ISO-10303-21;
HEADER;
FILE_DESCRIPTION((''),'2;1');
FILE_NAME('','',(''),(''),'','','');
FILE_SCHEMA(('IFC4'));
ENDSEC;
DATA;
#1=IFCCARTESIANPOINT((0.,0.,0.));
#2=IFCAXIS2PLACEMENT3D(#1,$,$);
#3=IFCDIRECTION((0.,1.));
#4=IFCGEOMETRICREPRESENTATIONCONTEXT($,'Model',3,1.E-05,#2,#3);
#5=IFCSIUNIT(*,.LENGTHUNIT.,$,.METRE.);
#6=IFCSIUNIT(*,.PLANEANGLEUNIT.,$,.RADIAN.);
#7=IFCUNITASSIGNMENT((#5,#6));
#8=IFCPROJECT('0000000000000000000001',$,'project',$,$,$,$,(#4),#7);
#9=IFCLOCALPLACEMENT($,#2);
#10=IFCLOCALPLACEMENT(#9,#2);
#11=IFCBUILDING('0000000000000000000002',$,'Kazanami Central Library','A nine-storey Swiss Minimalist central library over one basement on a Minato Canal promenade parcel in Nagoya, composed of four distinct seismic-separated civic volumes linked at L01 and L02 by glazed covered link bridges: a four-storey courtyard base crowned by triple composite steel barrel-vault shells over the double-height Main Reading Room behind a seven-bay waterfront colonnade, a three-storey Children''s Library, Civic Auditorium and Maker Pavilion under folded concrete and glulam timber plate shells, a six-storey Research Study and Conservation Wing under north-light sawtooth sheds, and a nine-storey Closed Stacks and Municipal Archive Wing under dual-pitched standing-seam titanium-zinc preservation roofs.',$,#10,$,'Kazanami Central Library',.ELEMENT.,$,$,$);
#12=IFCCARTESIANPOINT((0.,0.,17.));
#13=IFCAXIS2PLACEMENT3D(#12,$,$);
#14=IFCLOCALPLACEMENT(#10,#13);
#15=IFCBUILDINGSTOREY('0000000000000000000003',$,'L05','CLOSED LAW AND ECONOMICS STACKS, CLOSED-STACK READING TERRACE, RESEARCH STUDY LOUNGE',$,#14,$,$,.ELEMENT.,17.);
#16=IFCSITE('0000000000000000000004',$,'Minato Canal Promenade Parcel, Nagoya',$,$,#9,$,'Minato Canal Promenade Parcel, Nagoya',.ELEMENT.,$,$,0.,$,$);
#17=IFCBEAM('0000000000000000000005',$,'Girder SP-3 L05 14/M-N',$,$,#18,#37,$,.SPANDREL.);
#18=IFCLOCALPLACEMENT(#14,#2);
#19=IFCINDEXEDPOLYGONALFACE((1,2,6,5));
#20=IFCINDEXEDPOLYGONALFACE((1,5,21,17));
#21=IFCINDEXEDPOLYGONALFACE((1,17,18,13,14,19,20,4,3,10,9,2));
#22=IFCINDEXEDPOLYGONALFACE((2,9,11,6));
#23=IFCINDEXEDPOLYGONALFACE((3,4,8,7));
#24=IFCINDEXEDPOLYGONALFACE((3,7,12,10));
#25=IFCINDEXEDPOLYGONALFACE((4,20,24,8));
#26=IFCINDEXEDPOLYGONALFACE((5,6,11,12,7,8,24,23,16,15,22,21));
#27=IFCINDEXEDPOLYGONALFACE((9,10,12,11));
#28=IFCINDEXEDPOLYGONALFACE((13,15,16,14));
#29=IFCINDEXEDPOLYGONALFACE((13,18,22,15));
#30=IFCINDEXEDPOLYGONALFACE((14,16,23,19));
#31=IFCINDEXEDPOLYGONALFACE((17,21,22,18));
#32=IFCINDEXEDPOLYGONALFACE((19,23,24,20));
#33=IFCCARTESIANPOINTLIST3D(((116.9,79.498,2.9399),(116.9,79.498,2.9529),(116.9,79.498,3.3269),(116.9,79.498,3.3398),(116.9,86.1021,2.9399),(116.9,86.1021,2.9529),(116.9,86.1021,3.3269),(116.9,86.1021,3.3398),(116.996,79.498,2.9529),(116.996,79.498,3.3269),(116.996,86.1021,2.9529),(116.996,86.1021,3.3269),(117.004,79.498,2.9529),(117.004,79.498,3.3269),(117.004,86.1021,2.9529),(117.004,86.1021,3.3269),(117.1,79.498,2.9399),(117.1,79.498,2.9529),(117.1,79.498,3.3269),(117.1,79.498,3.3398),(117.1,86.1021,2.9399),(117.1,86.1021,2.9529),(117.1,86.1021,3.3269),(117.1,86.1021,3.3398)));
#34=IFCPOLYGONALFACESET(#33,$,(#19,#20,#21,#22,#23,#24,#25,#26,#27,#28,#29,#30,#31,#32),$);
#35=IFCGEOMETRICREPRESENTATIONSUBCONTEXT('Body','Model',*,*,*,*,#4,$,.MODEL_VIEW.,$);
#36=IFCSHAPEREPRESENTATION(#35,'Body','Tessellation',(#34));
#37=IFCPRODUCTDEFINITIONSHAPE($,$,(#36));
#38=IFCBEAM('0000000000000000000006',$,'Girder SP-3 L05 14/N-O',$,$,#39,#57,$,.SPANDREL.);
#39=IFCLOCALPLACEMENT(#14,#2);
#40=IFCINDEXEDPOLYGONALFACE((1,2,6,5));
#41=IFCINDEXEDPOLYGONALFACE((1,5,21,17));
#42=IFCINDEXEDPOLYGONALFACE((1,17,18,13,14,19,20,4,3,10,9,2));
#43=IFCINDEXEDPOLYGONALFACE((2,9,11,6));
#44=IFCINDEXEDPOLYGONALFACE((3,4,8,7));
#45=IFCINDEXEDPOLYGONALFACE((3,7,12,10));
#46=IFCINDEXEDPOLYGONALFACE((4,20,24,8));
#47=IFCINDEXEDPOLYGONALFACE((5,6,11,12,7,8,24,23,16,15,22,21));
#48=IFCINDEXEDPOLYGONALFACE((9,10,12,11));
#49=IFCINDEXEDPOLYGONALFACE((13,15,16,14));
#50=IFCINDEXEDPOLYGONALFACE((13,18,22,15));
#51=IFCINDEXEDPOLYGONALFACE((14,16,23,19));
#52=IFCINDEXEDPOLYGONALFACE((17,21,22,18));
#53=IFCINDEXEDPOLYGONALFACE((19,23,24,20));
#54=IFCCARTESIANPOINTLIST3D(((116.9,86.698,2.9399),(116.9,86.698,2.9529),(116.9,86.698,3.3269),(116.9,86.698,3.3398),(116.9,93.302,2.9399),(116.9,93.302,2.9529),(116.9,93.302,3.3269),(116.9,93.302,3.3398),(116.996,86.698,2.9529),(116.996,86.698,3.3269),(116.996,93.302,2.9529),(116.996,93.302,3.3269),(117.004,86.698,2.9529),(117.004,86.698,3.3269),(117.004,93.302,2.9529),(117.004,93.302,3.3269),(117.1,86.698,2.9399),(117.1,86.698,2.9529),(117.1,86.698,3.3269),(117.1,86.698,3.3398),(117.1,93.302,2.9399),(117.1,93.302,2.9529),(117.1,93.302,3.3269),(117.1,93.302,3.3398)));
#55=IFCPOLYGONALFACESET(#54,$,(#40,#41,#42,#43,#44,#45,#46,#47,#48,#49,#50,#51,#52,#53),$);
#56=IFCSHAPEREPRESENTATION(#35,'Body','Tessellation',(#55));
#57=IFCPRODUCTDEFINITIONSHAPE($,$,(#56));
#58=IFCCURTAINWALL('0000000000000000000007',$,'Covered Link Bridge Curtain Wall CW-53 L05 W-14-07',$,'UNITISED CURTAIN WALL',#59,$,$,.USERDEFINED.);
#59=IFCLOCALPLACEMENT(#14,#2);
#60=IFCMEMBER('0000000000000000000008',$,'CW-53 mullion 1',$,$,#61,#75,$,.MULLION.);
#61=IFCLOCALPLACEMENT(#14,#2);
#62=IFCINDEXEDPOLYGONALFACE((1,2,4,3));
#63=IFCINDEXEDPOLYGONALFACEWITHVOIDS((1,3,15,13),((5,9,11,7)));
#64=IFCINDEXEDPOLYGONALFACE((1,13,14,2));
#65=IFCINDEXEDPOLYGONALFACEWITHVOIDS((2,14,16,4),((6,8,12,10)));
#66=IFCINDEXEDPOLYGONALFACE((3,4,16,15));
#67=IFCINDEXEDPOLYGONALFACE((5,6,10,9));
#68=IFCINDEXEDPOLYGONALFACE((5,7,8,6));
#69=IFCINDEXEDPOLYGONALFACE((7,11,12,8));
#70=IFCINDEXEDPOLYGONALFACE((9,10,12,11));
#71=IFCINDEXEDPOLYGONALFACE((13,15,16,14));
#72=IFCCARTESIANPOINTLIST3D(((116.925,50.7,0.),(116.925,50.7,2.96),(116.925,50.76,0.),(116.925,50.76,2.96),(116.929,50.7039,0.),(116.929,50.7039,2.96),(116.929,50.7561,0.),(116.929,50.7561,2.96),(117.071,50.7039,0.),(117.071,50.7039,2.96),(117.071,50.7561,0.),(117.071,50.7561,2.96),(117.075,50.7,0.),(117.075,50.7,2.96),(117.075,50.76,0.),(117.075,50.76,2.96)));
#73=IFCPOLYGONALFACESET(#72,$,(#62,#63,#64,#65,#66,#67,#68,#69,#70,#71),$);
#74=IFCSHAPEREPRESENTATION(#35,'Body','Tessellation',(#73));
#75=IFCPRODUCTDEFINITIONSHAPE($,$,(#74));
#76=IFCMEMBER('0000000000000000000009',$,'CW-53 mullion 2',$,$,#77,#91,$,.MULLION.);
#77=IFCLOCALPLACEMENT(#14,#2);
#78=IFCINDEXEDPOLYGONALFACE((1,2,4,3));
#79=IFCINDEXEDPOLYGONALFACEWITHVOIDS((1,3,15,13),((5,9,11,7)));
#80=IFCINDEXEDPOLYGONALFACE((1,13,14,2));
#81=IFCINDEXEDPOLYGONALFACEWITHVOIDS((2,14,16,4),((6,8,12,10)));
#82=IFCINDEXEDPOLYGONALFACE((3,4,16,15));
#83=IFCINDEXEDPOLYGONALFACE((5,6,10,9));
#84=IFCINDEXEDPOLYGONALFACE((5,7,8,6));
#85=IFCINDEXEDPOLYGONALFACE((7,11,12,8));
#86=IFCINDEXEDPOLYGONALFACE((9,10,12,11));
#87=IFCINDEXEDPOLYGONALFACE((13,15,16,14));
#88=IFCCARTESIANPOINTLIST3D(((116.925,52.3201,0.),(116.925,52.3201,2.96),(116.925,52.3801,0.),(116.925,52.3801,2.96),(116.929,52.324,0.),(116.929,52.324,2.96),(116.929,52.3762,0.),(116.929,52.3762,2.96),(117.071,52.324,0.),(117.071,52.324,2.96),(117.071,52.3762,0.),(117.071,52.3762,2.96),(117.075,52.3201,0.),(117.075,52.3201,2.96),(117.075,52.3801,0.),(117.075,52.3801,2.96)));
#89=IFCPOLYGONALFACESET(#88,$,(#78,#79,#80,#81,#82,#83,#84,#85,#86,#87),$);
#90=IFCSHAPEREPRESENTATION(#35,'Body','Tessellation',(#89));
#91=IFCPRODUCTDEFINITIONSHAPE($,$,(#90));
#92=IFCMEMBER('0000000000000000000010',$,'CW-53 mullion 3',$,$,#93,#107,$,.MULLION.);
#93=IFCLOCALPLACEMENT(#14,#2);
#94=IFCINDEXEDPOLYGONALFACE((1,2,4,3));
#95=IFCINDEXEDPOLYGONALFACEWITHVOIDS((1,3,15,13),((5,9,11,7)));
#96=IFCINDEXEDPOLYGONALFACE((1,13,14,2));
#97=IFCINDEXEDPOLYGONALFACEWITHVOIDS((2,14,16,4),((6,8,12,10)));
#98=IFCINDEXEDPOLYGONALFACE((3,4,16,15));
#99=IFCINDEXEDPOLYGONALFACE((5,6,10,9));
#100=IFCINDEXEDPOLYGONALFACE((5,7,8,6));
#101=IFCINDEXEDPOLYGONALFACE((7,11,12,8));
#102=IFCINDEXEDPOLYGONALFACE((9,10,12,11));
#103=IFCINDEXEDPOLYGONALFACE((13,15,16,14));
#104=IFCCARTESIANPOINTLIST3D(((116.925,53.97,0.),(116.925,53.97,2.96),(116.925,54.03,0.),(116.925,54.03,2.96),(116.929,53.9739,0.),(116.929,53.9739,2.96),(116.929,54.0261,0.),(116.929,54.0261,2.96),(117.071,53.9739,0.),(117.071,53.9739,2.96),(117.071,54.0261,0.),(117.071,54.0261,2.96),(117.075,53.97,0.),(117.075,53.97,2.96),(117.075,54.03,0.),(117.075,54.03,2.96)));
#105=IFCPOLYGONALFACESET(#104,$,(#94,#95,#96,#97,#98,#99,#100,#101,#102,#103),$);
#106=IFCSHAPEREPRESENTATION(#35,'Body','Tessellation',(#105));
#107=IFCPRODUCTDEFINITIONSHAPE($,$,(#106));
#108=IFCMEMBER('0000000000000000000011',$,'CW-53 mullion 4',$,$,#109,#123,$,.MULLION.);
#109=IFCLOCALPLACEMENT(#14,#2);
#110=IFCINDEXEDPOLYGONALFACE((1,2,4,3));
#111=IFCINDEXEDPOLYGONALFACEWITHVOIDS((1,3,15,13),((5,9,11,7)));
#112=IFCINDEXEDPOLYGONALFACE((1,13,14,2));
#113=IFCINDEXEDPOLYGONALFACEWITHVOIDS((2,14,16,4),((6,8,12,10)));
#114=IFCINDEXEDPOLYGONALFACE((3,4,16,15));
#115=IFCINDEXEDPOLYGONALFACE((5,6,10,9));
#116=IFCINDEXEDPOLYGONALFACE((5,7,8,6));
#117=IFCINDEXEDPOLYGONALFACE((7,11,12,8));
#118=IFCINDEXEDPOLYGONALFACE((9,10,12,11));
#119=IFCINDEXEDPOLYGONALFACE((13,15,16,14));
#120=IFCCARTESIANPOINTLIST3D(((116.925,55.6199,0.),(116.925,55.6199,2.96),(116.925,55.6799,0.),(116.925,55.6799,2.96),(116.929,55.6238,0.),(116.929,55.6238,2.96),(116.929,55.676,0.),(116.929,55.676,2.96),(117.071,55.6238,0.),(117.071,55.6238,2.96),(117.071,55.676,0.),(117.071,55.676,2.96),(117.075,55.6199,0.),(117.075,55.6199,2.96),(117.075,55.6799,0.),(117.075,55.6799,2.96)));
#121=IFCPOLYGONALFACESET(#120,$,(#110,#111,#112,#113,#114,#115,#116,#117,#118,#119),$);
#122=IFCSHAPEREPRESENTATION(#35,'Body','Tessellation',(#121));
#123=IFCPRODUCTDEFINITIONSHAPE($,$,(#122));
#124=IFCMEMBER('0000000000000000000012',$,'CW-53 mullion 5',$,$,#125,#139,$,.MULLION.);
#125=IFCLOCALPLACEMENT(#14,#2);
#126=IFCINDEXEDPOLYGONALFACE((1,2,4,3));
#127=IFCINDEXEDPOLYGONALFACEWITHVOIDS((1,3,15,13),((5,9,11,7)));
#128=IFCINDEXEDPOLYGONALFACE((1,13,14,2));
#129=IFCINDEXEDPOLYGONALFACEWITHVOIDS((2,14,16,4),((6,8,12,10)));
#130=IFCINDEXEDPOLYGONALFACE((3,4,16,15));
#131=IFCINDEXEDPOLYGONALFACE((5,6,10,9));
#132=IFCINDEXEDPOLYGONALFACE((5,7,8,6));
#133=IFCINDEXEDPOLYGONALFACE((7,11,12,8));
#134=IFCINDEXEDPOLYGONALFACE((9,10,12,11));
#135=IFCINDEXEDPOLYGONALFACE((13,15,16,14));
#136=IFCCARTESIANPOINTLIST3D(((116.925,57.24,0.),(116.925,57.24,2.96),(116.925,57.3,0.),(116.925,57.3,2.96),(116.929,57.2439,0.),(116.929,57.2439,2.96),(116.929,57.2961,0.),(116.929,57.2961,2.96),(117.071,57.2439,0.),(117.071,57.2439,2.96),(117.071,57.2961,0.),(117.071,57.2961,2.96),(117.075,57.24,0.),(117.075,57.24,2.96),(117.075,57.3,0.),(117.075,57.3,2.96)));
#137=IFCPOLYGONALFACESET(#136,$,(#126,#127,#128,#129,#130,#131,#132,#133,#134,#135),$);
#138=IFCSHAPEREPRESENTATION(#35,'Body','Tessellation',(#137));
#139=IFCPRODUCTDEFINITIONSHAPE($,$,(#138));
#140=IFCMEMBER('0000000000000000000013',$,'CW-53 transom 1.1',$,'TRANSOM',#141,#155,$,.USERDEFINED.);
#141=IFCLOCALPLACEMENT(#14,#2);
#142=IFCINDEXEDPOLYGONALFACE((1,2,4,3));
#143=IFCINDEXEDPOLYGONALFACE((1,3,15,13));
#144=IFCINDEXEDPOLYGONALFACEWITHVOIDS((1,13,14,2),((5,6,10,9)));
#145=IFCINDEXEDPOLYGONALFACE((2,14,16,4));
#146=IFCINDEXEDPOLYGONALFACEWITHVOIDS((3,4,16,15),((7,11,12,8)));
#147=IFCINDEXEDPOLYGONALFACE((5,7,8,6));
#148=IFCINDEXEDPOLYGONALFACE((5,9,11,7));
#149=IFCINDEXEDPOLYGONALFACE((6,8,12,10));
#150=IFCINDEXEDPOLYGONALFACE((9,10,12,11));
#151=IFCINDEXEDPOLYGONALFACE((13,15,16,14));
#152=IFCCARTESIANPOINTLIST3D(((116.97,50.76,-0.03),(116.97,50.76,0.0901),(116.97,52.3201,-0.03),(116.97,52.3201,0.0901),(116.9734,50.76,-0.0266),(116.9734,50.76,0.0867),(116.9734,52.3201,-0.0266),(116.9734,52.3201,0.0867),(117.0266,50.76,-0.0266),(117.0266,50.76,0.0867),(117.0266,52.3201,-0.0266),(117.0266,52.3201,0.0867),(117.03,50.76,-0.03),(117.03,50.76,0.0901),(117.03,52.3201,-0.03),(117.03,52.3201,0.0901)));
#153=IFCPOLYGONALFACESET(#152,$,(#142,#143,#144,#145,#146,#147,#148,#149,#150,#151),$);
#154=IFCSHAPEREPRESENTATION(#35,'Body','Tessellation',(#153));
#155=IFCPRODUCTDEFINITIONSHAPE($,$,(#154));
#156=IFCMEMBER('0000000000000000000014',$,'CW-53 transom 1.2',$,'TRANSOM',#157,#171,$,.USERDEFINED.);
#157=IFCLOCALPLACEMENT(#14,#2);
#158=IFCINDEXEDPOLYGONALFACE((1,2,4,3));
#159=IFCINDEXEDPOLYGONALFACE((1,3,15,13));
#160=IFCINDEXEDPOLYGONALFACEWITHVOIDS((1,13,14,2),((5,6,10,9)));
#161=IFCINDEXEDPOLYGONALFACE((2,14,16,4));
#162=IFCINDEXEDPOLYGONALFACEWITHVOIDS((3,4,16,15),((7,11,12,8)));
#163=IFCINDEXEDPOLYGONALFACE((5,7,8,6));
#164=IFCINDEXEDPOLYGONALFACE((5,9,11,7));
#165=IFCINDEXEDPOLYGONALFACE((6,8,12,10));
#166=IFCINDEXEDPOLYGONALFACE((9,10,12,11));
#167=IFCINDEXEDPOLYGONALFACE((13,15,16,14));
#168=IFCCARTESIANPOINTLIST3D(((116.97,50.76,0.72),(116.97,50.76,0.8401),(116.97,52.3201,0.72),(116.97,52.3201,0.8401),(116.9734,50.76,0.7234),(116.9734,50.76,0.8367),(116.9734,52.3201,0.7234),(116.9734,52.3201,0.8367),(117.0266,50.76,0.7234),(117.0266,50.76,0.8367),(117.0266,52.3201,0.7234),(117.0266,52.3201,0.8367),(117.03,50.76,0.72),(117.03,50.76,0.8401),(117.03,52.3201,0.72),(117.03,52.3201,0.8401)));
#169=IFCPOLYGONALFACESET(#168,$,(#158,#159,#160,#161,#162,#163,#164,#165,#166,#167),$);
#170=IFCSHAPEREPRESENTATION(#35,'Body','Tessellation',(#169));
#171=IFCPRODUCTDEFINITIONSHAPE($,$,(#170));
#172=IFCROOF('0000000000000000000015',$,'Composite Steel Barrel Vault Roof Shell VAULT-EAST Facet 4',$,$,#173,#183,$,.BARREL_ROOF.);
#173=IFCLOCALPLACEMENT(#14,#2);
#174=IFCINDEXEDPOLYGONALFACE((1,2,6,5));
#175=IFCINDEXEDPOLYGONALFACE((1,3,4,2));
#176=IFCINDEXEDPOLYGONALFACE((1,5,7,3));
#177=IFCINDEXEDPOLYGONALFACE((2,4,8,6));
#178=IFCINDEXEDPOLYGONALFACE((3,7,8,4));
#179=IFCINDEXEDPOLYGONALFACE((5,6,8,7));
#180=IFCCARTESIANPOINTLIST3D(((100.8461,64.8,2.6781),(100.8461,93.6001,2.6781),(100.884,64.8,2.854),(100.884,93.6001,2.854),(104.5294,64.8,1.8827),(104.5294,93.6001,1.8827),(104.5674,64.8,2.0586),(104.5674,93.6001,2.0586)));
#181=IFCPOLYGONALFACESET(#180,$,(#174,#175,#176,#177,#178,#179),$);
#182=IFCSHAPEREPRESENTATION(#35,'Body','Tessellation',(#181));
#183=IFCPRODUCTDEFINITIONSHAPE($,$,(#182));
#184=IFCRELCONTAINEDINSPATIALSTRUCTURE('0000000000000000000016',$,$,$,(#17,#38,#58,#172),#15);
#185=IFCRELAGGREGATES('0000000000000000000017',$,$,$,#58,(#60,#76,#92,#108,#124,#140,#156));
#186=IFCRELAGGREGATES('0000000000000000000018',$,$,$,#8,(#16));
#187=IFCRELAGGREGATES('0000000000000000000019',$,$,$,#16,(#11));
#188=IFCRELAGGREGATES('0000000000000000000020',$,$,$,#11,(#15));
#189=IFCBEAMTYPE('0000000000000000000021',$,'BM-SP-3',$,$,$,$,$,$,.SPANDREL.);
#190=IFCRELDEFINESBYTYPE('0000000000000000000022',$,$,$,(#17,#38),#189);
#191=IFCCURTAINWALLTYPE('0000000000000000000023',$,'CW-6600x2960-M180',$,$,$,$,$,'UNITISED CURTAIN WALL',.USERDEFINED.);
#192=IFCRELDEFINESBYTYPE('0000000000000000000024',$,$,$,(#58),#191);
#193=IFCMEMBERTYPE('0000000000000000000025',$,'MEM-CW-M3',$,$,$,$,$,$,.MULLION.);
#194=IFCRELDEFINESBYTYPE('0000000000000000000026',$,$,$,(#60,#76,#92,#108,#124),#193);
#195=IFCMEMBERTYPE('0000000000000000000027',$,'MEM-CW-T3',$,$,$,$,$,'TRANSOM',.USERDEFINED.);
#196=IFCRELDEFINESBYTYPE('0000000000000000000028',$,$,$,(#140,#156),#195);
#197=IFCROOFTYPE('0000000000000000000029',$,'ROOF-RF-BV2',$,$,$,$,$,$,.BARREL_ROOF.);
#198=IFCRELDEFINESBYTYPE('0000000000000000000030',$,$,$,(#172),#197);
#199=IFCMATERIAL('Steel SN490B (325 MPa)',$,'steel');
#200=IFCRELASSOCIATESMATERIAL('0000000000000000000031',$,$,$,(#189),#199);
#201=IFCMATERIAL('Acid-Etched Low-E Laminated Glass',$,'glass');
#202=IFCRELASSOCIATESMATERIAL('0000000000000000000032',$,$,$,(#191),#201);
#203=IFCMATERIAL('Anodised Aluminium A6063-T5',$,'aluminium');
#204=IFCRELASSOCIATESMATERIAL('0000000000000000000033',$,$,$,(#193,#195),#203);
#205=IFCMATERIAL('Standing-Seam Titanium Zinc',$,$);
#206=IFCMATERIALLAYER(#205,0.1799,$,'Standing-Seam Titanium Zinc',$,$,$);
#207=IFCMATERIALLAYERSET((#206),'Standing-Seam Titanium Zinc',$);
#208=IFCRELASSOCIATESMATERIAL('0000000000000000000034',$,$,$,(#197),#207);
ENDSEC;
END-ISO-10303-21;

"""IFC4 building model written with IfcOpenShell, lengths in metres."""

from ifc_helpers import new_model, si_unit, direction, frame, origin, origin_2d, place, context, subcontext, project, spatial, polyline, hollow_rectangle, i_section, outline, extrude, material, layer, layer_set, material_profile, profile_set, type_object, element, aggregate, save


model = new_model("IFC4")

# Units and contexts
model_context = context("Model", 3, precision=1e-05, world=origin(), true_north=direction((0.0, 1.0)))
body_context = subcontext(model_context, "Body", "Model", "MODEL_VIEW")
ifc_project = project(units=[si_unit("LENGTHUNIT", "METRE"), si_unit("PLANEANGLEUNIT", "RADIAN")], contexts=[model_context])

# Site, building, storey
site_placement = place(None, origin())
site = spatial("IfcSite", under=ifc_project, at=site_placement, Name="Minato Canal Promenade Parcel, Nagoya", LongName="Minato Canal Promenade Parcel, Nagoya", CompositionType="ELEMENT", RefElevation=0.0)
building_placement = place(site_placement, origin())
building = spatial("IfcBuilding", under=site, at=building_placement, Name="Kazanami Central Library", Description="A nine-storey Swiss Minimalist central library over one basement on a Minato Canal promenade parcel in Nagoya, composed of four distinct seismic-separated civic volumes linked at L01 and L02 by glazed covered link bridges: a four-storey courtyard base crowned by triple composite steel barrel-vault shells over the double-height Main Reading Room behind a seven-bay waterfront colonnade, a three-storey Children's Library, Civic Auditorium and Maker Pavilion under folded concrete and glulam timber plate shells, a six-storey Research Study and Conservation Wing under north-light sawtooth sheds, and a nine-storey Closed Stacks and Municipal Archive Wing under dual-pitched standing-seam titanium-zinc preservation roofs.", LongName="Kazanami Central Library", CompositionType="ELEMENT")
storey_placement = place(building_placement, frame((0.0, 0.0, 17.0)))
storey = spatial("IfcBuildingStorey", under=building, at=storey_placement, Name="L05", Description="CLOSED LAW AND ECONOMICS STACKS, CLOSED-STACK READING TERRACE, RESEARCH STUDY LOUNGE", CompositionType="ELEMENT", Elevation=17.0)

# Beams
ifc_material_1 = material(Name="Steel SN490B (325 MPa)", Category="steel")
ifc_material_profile_1 = material_profile(ifc_material_1, i_section(OverallWidth=0.2, OverallDepth=0.3999, WebThickness=0.0081, FlangeThickness=0.0129, at=origin_2d()), Name="H-400x200x8x13")
ifc_profile_set_1 = profile_set([ifc_material_profile_1], Name="Steel SN490B (325 MPa)")
beam_type = type_object("IfcBeamType", Name="BM-SP-3", PredefinedType="SPANDREL", material=ifc_profile_set_1)
for number, where, z_axis, x_axis, name in (
    (1, (117.0, 79.498, 3.1399), (0.0, 1.0, 0.0), (-1.0, 0.0, 0.0), "Girder SP-3 L05 14/M-N"),
    (2, (117.0, 86.698, 3.1399), (0.0, 1.0, 0.0), (-1.0, 0.0, 0.0), "Girder SP-3 L05 14/N-O"),
):
    element("IfcBeam", number, at=place(storey_placement, frame(where, z_axis=z_axis, x_axis=x_axis)), inside=storey, type_object=beam_type, Name=name, PredefinedType="SPANDREL", context=body_context, shape_type="SweptSolid", body=[
        extrude(i_section(OverallWidth=0.2, OverallDepth=0.3999, WebThickness=0.0081, FlangeThickness=0.0129, at=origin_2d()), origin(), (0.0, 0.0, 1.0), 6.604),
    ])

# Curtain wall, members
ifc_material_2 = material(Name="Acid-Etched Low-E Laminated Glass", Category="glass")
curtain_wall_type = type_object("IfcCurtainWallType", Name="CW-6600x2960-M180", ElementType="UNITISED CURTAIN WALL", PredefinedType="USERDEFINED", material=ifc_material_2)
curtain_wall_placement = place(storey_placement, origin())
curtain_wall = element("IfcCurtainWall", 3, at=curtain_wall_placement, inside=storey, type_object=curtain_wall_type, Name="Covered Link Bridge Curtain Wall CW-53 L05 W-14-07", ObjectType="UNITISED CURTAIN WALL", PredefinedType="USERDEFINED")
ifc_material_3 = material(Name="Anodised Aluminium A6063-T5", Category="aluminium")
ifc_material_profile_2 = material_profile(ifc_material_3, hollow_rectangle(XDim=0.0601, YDim=0.1499, WallThickness=0.0039, at=origin_2d()), Name="ALU-MULL-60x150x4")
ifc_profile_set_2 = profile_set([ifc_material_profile_2], Name="Anodised Aluminium A6063-T5")
member_type_1 = type_object("IfcMemberType", Name="MEM-CW-M3", PredefinedType="MULLION", material=ifc_profile_set_2)
member_1_placement = place(storey_placement, frame((117.0, 50.73, 0.0), z_axis=(0.0, 0.0, 1.0), x_axis=(0.0, 1.0, 0.0)))
member_1 = element("IfcMember", 4, at=member_1_placement, type_object=member_type_1, Name="CW-53 mullion 1", PredefinedType="MULLION", context=body_context, shape_type="SweptSolid", body=[
    extrude(hollow_rectangle(XDim=0.0601, YDim=0.1499, WallThickness=0.0039, at=origin_2d()), origin(), (0.0, 0.0, 1.0), 2.96),
])
member_2_placement = place(storey_placement, frame((117.0, 52.3501, 0.0), z_axis=(0.0, 0.0, 1.0), x_axis=(0.0, 1.0, 0.0)))
member_2 = element("IfcMember", 5, at=member_2_placement, type_object=member_type_1, Name="CW-53 mullion 2", PredefinedType="MULLION", context=body_context, shape_type="SweptSolid", body=[
    extrude(hollow_rectangle(XDim=0.0601, YDim=0.1499, WallThickness=0.0039, at=origin_2d()), origin(), (0.0, 0.0, 1.0), 2.96),
])
member_3_placement = place(storey_placement, frame((117.0, 54.0, 0.0), z_axis=(0.0, 0.0, 1.0), x_axis=(0.0, 1.0, 0.0)))
member_3 = element("IfcMember", 6, at=member_3_placement, type_object=member_type_1, Name="CW-53 mullion 3", PredefinedType="MULLION", context=body_context, shape_type="SweptSolid", body=[
    extrude(hollow_rectangle(XDim=0.0601, YDim=0.1499, WallThickness=0.0039, at=origin_2d()), origin(), (0.0, 0.0, 1.0), 2.96),
])
member_4_placement = place(storey_placement, frame((117.0, 55.6499, 0.0), z_axis=(0.0, 0.0, 1.0), x_axis=(0.0, 1.0, 0.0)))
member_4 = element("IfcMember", 7, at=member_4_placement, type_object=member_type_1, Name="CW-53 mullion 4", PredefinedType="MULLION", context=body_context, shape_type="SweptSolid", body=[
    extrude(hollow_rectangle(XDim=0.0601, YDim=0.1499, WallThickness=0.0039, at=origin_2d()), origin(), (0.0, 0.0, 1.0), 2.96),
])
member_5_placement = place(storey_placement, frame((117.0, 57.27, 0.0), z_axis=(0.0, 0.0, 1.0), x_axis=(0.0, 1.0, 0.0)))
member_5 = element("IfcMember", 8, at=member_5_placement, type_object=member_type_1, Name="CW-53 mullion 5", PredefinedType="MULLION", context=body_context, shape_type="SweptSolid", body=[
    extrude(hollow_rectangle(XDim=0.0601, YDim=0.1499, WallThickness=0.0039, at=origin_2d()), origin(), (0.0, 0.0, 1.0), 2.96),
])
ifc_material_profile_3 = material_profile(ifc_material_3, hollow_rectangle(XDim=0.0601, YDim=0.1201, WallThickness=0.0034, at=origin_2d()), Name="ALU-TRAN-60x120x3.5")
ifc_profile_set_3 = profile_set([ifc_material_profile_3], Name="Anodised Aluminium A6063-T5")
member_type_2 = type_object("IfcMemberType", Name="MEM-CW-T3", ElementType="TRANSOM", PredefinedType="USERDEFINED", material=ifc_profile_set_3)
member_6_placement = place(storey_placement, frame((117.0, 50.76, 0.03), z_axis=(0.0, 1.0, 0.0), x_axis=(-1.0, 0.0, 0.0)))
member_6 = element("IfcMember", 9, at=member_6_placement, type_object=member_type_2, Name="CW-53 transom 1.1", ObjectType="TRANSOM", PredefinedType="USERDEFINED", context=body_context, shape_type="SweptSolid", body=[
    extrude(hollow_rectangle(XDim=0.0601, YDim=0.1201, WallThickness=0.0034, at=origin_2d()), origin(), (0.0, 0.0, 1.0), 1.5601),
])
member_7_placement = place(storey_placement, frame((117.0, 50.76, 0.78), z_axis=(0.0, 1.0, 0.0), x_axis=(-1.0, 0.0, 0.0)))
member_7 = element("IfcMember", 10, at=member_7_placement, type_object=member_type_2, Name="CW-53 transom 1.2", ObjectType="TRANSOM", PredefinedType="USERDEFINED", context=body_context, shape_type="SweptSolid", body=[
    extrude(hollow_rectangle(XDim=0.0601, YDim=0.1201, WallThickness=0.0034, at=origin_2d()), origin(), (0.0, 0.0, 1.0), 1.5601),
])
aggregate(curtain_wall, [member_1, member_2, member_3, member_4, member_5, member_6, member_7])

# Roof
ifc_material_4 = material(Name="Standing-Seam Titanium Zinc")
ifc_layer_1 = layer(ifc_material_4, 0.1799, Name="Standing-Seam Titanium Zinc")
ifc_layer_set_1 = layer_set([ifc_layer_1], Name="Standing-Seam Titanium Zinc")
roof_type = type_object("IfcRoofType", Name="ROOF-RF-BV2", PredefinedType="BARREL_ROOF", material=ifc_layer_set_1)
roof_placement = place(storey_placement, frame((100.884, 64.8, 2.854), z_axis=(0.211082, 0.0, 0.977468), x_axis=(0.977468, 0.0, -0.211082)))
element("IfcRoof", 11, at=roof_placement, inside=storey, type_object=roof_type, Name="Composite Steel Barrel Vault Roof Shell VAULT-EAST Facet 4", PredefinedType="BARREL_ROOF", context=body_context, shape_type="SweptSolid", body=[
    extrude(outline(polyline([(0.0, 0.0), (3.7683, 0.0), (3.7683, 28.8), (0.0, 28.8), (0.0, 0.0)])), origin(), (0.0, 0.0, -1.0), 0.1799),
])

save(model, "model.ifc")
